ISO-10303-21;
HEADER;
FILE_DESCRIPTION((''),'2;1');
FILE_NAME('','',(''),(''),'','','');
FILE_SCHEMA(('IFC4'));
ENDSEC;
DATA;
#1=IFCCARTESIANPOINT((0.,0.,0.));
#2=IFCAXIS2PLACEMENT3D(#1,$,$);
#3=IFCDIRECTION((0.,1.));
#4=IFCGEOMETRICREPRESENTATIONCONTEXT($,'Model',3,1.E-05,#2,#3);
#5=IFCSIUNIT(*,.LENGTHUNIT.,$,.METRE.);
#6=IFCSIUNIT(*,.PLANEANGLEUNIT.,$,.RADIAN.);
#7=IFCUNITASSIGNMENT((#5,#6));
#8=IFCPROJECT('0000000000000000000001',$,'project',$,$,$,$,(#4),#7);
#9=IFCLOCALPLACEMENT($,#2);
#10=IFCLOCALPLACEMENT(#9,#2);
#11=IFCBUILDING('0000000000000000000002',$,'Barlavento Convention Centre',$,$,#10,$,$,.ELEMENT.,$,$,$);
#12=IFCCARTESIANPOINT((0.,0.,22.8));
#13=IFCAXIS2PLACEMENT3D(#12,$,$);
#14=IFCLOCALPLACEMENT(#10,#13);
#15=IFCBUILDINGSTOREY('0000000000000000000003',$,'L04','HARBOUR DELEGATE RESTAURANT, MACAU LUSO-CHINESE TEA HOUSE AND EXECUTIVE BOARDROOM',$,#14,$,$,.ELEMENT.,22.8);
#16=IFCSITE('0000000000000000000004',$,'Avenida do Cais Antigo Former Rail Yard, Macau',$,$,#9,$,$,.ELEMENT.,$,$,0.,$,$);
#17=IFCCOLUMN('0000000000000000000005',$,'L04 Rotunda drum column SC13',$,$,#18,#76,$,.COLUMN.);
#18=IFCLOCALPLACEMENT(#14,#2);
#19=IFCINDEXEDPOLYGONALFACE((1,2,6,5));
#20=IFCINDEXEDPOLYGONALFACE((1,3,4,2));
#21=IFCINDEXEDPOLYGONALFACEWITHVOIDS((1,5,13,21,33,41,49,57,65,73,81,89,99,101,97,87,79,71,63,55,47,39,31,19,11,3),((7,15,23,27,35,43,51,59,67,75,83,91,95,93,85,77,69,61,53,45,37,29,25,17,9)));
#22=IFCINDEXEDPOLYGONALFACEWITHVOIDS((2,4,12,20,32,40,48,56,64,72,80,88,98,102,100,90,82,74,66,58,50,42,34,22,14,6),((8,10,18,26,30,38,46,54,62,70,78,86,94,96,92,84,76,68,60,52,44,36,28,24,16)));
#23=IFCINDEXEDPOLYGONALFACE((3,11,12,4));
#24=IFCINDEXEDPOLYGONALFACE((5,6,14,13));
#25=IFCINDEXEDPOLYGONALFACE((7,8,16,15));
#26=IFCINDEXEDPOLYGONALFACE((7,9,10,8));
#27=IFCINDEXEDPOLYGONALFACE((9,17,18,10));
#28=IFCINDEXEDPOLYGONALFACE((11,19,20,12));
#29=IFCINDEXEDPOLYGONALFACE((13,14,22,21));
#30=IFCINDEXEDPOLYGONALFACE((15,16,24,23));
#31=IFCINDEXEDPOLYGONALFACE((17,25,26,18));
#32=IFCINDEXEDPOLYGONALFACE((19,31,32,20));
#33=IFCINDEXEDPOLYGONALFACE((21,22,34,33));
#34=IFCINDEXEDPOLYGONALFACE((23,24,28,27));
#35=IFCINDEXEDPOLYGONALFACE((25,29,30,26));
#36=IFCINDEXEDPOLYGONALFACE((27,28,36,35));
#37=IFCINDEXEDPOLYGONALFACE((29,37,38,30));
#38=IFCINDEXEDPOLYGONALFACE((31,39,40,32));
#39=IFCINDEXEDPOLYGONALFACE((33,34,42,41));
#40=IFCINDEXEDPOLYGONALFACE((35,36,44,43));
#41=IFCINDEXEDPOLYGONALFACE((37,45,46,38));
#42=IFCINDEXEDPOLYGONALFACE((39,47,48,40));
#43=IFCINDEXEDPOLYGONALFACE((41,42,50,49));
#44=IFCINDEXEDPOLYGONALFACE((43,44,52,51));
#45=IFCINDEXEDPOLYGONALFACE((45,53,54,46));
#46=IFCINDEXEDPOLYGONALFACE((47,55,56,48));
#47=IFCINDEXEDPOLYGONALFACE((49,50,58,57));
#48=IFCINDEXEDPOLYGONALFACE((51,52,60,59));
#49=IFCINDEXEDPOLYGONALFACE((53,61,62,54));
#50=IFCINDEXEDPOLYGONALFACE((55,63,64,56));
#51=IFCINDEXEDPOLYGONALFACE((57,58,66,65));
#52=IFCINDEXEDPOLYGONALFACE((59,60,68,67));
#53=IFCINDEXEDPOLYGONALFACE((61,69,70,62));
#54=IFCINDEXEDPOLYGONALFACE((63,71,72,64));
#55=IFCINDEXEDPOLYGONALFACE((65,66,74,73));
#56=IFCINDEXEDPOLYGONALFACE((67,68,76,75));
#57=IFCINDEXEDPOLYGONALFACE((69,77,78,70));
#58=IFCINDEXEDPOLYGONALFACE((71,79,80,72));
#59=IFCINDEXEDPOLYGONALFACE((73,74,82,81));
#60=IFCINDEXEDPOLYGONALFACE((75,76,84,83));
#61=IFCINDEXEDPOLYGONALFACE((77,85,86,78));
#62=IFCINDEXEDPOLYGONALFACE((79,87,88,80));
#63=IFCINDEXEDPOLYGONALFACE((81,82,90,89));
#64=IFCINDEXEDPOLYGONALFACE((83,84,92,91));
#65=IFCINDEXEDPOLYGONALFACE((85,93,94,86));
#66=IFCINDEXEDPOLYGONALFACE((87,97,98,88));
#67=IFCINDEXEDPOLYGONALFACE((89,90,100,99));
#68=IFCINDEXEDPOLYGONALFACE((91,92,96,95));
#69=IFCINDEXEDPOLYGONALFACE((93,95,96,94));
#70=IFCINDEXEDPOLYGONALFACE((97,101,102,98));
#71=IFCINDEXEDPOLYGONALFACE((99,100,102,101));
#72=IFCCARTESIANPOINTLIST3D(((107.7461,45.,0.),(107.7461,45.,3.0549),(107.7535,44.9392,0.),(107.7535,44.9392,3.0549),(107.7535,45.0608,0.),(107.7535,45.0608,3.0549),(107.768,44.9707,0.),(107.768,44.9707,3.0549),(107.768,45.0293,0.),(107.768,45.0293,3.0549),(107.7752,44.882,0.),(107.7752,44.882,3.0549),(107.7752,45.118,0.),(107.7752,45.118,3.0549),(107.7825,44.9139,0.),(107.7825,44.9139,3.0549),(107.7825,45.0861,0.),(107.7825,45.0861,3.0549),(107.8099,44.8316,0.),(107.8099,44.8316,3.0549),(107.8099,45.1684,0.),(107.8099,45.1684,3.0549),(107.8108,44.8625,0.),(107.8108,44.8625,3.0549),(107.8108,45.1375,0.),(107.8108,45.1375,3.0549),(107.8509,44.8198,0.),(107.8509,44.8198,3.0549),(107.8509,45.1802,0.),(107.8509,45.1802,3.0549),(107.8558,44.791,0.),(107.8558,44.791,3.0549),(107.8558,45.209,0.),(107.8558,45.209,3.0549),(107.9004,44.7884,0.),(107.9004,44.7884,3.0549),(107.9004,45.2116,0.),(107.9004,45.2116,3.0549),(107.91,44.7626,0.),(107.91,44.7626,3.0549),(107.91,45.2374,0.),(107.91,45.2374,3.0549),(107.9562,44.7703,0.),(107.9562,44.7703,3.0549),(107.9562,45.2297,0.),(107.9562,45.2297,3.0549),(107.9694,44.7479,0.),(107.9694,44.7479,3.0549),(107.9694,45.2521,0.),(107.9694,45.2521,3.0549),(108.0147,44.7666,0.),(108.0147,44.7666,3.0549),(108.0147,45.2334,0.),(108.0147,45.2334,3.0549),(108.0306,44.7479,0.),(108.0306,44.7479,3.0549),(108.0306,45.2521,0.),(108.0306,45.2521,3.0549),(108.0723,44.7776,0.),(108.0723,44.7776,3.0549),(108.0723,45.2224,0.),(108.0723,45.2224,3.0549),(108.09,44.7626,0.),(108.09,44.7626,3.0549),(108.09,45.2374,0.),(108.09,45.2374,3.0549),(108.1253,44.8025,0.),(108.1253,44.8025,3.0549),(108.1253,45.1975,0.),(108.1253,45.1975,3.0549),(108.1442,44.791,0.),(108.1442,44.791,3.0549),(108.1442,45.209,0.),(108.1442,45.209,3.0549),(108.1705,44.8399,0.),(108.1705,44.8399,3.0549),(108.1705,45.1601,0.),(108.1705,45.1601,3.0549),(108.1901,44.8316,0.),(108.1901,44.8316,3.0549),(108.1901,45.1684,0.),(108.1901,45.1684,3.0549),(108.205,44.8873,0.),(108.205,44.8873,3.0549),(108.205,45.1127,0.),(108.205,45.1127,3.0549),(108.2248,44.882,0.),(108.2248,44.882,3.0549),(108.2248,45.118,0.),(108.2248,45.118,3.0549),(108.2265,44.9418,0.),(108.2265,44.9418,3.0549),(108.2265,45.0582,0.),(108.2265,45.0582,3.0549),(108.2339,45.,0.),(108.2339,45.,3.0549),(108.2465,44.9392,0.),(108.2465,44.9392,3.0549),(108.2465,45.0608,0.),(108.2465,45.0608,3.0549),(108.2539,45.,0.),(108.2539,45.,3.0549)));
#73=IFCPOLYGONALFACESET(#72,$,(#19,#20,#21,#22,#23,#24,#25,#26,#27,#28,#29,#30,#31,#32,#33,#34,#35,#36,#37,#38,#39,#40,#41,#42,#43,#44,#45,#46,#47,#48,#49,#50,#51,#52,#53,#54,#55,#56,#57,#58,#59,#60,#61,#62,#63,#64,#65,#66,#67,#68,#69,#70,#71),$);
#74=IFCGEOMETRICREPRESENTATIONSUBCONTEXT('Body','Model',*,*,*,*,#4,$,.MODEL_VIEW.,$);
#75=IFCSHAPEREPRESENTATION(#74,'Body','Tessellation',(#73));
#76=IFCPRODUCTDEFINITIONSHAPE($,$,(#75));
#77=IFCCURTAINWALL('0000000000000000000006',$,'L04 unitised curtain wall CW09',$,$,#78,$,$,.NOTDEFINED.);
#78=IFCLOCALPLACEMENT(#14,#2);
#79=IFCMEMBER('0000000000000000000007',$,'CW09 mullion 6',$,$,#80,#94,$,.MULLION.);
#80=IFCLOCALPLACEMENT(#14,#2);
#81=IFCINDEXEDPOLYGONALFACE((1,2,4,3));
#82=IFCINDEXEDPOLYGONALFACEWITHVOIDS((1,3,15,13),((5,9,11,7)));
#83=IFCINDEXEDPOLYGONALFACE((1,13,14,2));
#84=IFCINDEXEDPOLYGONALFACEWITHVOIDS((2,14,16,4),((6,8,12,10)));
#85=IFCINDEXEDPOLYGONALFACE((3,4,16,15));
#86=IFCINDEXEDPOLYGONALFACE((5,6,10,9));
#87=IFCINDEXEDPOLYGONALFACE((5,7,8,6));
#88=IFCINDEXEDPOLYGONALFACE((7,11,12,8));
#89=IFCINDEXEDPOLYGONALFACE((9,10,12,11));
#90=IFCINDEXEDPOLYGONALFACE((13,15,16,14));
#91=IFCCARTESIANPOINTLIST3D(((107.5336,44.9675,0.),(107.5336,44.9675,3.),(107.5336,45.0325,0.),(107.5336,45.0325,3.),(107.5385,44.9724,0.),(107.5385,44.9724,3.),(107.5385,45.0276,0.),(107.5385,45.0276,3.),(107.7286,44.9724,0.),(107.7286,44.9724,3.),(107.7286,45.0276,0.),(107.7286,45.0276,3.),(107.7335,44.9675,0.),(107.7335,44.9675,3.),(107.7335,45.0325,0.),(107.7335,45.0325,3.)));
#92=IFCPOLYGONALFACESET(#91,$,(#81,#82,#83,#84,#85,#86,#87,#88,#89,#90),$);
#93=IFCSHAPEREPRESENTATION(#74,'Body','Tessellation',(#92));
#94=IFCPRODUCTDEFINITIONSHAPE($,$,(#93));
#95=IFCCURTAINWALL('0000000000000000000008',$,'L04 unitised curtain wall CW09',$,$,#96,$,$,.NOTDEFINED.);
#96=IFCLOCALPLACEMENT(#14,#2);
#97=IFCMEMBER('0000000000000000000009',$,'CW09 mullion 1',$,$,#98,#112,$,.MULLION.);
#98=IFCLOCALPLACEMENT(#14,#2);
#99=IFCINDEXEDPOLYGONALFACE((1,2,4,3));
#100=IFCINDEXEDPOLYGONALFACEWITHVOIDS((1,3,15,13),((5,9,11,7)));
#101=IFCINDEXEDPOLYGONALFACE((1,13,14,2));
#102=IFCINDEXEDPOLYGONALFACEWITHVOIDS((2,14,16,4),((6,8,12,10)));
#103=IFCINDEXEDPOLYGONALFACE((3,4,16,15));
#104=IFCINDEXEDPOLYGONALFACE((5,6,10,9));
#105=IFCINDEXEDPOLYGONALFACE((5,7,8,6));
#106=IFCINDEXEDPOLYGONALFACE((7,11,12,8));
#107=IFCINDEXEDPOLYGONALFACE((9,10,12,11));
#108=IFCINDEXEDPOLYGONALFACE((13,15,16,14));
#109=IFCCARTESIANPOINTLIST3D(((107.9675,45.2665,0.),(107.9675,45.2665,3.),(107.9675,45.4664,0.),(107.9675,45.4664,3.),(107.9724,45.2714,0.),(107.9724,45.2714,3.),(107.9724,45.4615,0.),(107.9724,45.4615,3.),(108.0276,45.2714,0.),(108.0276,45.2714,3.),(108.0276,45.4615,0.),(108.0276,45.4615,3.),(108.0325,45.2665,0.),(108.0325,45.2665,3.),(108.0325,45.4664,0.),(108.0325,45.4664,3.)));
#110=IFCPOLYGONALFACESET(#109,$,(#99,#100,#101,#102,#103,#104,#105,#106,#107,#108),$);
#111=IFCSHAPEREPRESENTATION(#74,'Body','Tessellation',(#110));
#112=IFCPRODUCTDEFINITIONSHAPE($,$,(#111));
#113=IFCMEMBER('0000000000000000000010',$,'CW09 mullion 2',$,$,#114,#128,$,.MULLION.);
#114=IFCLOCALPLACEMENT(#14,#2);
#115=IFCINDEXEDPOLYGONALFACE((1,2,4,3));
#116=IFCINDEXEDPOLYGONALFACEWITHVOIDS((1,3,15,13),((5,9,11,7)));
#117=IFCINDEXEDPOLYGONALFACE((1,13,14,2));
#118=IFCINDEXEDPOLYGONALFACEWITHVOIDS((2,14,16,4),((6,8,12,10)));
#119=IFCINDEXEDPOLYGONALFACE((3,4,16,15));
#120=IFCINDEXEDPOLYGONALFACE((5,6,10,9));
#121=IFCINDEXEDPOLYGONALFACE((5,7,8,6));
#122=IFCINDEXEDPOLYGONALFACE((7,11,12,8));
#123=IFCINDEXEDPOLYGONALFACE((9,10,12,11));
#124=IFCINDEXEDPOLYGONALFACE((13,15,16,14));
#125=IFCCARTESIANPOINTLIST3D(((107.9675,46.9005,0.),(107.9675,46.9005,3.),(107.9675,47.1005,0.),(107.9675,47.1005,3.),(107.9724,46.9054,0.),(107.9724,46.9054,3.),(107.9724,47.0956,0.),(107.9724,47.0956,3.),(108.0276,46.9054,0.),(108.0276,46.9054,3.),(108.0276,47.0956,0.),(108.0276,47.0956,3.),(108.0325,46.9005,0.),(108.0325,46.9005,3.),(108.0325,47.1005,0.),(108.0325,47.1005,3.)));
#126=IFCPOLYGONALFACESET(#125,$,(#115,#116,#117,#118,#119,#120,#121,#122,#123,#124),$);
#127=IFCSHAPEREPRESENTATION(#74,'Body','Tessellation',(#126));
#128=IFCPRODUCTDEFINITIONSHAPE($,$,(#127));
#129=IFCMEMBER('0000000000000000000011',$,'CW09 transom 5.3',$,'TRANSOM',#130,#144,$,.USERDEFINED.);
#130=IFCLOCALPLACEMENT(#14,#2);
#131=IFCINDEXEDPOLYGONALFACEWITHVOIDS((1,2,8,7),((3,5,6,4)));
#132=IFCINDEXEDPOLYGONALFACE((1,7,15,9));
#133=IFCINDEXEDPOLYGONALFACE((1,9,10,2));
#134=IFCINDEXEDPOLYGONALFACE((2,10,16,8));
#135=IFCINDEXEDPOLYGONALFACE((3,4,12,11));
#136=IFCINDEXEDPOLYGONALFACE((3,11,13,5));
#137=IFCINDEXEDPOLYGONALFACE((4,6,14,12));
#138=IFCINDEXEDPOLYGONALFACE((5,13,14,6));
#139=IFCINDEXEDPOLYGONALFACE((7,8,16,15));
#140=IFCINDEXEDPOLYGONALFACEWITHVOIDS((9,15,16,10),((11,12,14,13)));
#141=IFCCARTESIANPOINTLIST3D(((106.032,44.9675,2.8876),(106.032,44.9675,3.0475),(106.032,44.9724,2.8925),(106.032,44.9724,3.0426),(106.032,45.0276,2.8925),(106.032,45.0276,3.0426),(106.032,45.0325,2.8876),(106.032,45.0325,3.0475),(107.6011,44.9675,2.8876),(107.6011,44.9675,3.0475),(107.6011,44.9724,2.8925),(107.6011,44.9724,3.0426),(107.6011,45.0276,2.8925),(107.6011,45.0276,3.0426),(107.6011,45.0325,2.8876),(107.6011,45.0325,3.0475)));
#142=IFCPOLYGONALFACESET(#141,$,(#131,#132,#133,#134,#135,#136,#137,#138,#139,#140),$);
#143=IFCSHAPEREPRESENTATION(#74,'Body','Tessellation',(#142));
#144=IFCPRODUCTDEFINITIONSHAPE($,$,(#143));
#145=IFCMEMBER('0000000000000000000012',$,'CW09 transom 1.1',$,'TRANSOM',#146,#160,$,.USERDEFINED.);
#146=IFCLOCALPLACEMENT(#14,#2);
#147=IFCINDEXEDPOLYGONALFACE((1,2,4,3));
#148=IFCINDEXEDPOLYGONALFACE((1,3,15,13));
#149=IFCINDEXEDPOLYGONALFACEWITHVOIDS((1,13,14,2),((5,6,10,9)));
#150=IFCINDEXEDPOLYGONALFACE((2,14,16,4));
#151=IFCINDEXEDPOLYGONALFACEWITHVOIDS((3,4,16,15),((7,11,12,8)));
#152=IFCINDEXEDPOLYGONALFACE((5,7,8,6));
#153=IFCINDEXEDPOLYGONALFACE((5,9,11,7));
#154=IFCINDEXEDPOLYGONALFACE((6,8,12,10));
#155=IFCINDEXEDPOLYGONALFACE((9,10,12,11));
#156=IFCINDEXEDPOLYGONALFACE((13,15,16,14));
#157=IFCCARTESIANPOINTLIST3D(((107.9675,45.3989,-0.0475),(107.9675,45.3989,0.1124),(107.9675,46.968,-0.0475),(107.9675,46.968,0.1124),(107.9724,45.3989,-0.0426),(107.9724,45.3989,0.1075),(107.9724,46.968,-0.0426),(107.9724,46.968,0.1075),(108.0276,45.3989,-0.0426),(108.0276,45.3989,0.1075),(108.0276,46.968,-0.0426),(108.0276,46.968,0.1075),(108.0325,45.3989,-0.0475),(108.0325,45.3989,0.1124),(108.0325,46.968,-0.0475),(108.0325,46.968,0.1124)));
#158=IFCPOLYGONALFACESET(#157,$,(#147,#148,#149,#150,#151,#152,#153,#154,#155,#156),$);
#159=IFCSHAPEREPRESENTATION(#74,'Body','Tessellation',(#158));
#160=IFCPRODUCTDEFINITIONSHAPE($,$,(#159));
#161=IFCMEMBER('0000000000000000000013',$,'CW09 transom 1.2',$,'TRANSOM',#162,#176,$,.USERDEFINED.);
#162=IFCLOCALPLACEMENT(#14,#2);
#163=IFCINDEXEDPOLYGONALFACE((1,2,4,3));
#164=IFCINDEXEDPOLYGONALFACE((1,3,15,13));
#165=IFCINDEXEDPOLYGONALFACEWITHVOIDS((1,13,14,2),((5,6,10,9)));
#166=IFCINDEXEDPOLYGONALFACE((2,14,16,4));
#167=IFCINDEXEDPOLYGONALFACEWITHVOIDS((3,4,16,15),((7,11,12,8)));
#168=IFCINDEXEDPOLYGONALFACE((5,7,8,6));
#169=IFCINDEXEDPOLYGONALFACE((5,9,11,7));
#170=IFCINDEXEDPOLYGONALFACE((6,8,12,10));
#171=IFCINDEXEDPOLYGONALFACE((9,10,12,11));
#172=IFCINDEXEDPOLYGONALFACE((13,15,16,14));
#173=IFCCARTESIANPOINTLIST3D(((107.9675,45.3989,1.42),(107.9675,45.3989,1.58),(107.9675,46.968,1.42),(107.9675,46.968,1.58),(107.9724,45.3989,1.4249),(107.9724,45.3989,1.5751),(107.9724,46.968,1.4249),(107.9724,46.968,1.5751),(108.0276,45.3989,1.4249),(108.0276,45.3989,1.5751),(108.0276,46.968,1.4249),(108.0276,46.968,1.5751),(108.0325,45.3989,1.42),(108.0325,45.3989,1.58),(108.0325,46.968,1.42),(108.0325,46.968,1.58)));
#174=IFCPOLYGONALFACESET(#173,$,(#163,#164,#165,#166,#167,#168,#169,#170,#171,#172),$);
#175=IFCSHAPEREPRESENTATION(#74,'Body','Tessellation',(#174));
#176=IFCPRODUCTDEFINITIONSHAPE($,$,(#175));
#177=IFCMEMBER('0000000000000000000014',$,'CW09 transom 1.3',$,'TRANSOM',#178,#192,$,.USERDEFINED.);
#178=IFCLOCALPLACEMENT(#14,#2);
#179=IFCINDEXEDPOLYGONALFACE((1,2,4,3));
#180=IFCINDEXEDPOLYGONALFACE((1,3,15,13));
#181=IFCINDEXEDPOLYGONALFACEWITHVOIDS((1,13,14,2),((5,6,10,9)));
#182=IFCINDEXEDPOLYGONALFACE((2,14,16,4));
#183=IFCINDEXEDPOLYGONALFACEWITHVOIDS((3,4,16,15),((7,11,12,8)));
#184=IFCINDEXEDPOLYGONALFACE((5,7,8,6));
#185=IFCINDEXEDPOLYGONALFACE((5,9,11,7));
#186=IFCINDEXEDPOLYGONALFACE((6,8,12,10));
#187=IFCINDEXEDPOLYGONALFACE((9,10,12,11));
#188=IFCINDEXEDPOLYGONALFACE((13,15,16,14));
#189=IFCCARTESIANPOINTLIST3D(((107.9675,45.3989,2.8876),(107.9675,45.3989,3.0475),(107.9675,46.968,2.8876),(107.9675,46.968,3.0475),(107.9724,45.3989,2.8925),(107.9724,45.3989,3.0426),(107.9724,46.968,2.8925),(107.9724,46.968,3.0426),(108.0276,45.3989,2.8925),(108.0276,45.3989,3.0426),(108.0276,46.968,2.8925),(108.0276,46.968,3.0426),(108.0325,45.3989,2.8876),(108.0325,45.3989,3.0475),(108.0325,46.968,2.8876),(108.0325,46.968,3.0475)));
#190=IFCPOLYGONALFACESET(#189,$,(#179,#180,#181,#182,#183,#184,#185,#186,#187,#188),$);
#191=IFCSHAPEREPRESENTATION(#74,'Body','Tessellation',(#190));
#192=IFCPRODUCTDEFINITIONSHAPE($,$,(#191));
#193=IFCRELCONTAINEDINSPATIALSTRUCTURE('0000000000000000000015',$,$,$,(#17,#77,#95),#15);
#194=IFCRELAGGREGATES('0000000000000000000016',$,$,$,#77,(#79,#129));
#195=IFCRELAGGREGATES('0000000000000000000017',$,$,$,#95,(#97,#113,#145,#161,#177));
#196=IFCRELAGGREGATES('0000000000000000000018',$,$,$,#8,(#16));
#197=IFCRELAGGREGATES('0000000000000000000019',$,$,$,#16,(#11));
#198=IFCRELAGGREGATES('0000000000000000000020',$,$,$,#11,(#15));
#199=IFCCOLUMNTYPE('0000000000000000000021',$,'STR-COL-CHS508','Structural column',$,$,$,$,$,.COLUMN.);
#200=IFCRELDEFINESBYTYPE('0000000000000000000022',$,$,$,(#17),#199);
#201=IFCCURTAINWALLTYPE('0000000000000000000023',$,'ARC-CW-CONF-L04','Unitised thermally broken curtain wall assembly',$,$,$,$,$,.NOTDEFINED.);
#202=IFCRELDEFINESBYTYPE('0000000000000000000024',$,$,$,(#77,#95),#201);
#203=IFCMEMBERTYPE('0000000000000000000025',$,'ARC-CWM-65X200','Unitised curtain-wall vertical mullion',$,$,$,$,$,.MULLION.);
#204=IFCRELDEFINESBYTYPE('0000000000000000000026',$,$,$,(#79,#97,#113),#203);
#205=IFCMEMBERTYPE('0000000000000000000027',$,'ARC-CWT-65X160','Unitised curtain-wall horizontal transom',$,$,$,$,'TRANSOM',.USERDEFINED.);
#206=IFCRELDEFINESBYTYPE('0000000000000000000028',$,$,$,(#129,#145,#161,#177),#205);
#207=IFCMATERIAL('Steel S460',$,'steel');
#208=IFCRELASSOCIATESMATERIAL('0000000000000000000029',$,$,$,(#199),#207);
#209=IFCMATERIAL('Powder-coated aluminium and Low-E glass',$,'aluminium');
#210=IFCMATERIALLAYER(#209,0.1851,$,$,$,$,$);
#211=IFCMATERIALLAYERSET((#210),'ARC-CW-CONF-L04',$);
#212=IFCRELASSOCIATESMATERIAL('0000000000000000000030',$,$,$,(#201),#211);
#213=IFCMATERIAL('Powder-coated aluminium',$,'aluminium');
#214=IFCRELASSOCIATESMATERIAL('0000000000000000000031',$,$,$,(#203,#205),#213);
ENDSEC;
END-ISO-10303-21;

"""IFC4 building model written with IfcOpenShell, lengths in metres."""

from ifc_helpers import new_model, si_unit, direction, frame, origin, origin_2d, place, context, subcontext, project, spatial, hollow_rectangle, hollow_circle, extrude, material, layer, layer_set, material_profile, profile_set, type_object, element, aggregate, save


model = new_model("IFC4")

# Units and contexts
model_context = context("Model", 3, precision=1e-05, world=origin(), true_north=direction((0.0, 1.0)))
body_context = subcontext(model_context, "Body", "Model", "MODEL_VIEW")
ifc_project = project(units=[si_unit("LENGTHUNIT", "METRE"), si_unit("PLANEANGLEUNIT", "RADIAN")], contexts=[model_context])

# Site, building, storey
site_placement = place(None, origin())
site = spatial("IfcSite", under=ifc_project, at=site_placement, Name="Avenida do Cais Antigo Former Rail Yard, Macau", CompositionType="ELEMENT", RefElevation=0.0)
building_placement = place(site_placement, origin())
building = spatial("IfcBuilding", under=site, at=building_placement, Name="Barlavento Convention Centre", CompositionType="ELEMENT")
storey_placement = place(building_placement, frame((0.0, 0.0, 22.8)))
storey = spatial("IfcBuildingStorey", under=building, at=storey_placement, Name="L04", Description="HARBOUR DELEGATE RESTAURANT, MACAU LUSO-CHINESE TEA HOUSE AND EXECUTIVE BOARDROOM", CompositionType="ELEMENT", Elevation=22.8)

# Column
ifc_material_1 = material(Name="Steel S460", Category="steel")
ifc_material_profile_1 = material_profile(ifc_material_1, hollow_circle(Radius=0.2539, WallThickness=0.02, at=origin_2d()), Name="CHS 508.0x20.0")
ifc_profile_set_1 = profile_set([ifc_material_profile_1], Name="Steel S460")
column_type = type_object("IfcColumnType", Name="STR-COL-CHS508", Description="Structural column", PredefinedType="COLUMN", material=ifc_profile_set_1)
column_placement = place(storey_placement, frame((108.0, 45.0, 0.0), z_axis=(0.0, 0.0, 1.0), x_axis=(1.0, 0.0, 0.0)))
element("IfcColumn", 1, at=column_placement, inside=storey, type_object=column_type, Name="L04 Rotunda drum column SC13", PredefinedType="COLUMN", context=body_context, shape_type="SweptSolid", body=[
    extrude(hollow_circle(Radius=0.2539, WallThickness=0.02, at=origin_2d()), origin(), (0.0, 0.0, 1.0), 3.0549),
])

# Curtain wall, member
ifc_material_2 = material(Name="Powder-coated aluminium and Low-E glass", Category="aluminium")
ifc_layer_1 = layer(ifc_material_2, 0.1851)
ifc_layer_set_1 = layer_set([ifc_layer_1], Name="ARC-CW-CONF-L04")
curtain_wall_type = type_object("IfcCurtainWallType", Name="ARC-CW-CONF-L04", Description="Unitised thermally broken curtain wall assembly", PredefinedType="NOTDEFINED", material=ifc_layer_set_1)
curtain_wall_1_placement = place(storey_placement, origin())
curtain_wall_1 = element("IfcCurtainWall", 2, at=curtain_wall_1_placement, inside=storey, type_object=curtain_wall_type, Name="L04 unitised curtain wall CW09", PredefinedType="NOTDEFINED")
ifc_material_3 = material(Name="Powder-coated aluminium", Category="aluminium")
ifc_material_profile_2 = material_profile(ifc_material_3, hollow_rectangle(XDim=0.0649, YDim=0.2, WallThickness=0.0049, at=origin_2d()), Name="AL-MULL 65x200x5")
ifc_profile_set_2 = profile_set([ifc_material_profile_2], Name="Powder-coated aluminium")
member_type_1 = type_object("IfcMemberType", Name="ARC-CWM-65X200", Description="Unitised curtain-wall vertical mullion", PredefinedType="MULLION", material=ifc_profile_set_2)
member_1_placement = place(storey_placement, frame((107.6335, 45.0, 0.0), z_axis=(0.0, 0.0, 1.0), x_axis=(0.0, 1.0, 0.0)))
member_1 = element("IfcMember", 3, at=member_1_placement, type_object=member_type_1, Name="CW09 mullion 6", PredefinedType="MULLION", context=body_context, shape_type="SweptSolid", body=[
    extrude(hollow_rectangle(XDim=0.0649, YDim=0.2, WallThickness=0.0049, at=origin_2d()), origin(), (0.0, 0.0, 1.0), 3.0),
])

# Curtain wall, members
curtain_wall_2_placement = place(storey_placement, origin())
curtain_wall_2 = element("IfcCurtainWall", 4, at=curtain_wall_2_placement, inside=storey, type_object=curtain_wall_type, Name="L04 unitised curtain wall CW09", PredefinedType="NOTDEFINED")
member_2_placement = place(storey_placement, frame((108.0, 45.3665, 0.0), z_axis=(0.0, 0.0, 1.0), x_axis=(-1.0, 0.0, 0.0)))
member_2 = element("IfcMember", 5, at=member_2_placement, type_object=member_type_1, Name="CW09 mullion 1", PredefinedType="MULLION", context=body_context, shape_type="SweptSolid", body=[
    extrude(hollow_rectangle(XDim=0.0649, YDim=0.2, WallThickness=0.0049, at=origin_2d()), origin(), (0.0, 0.0, 1.0), 3.0),
])
member_3_placement = place(storey_placement, frame((108.0, 47.0005, 0.0), z_axis=(0.0, 0.0, 1.0), x_axis=(-1.0, 0.0, 0.0)))
member_3 = element("IfcMember", 6, at=member_3_placement, type_object=member_type_1, Name="CW09 mullion 2", PredefinedType="MULLION", context=body_context, shape_type="SweptSolid", body=[
    extrude(hollow_rectangle(XDim=0.0649, YDim=0.2, WallThickness=0.0049, at=origin_2d()), origin(), (0.0, 0.0, 1.0), 3.0),
])

# Members
ifc_material_profile_3 = material_profile(ifc_material_3, hollow_rectangle(XDim=0.0649, YDim=0.1599, WallThickness=0.0049, at=origin_2d()), Name="AL-TRAN 65x160x5")
ifc_profile_set_3 = profile_set([ifc_material_profile_3], Name="Powder-coated aluminium")
member_type_2 = type_object("IfcMemberType", Name="ARC-CWT-65X160", Description="Unitised curtain-wall horizontal transom", ElementType="TRANSOM", PredefinedType="USERDEFINED", material=ifc_profile_set_3)
member_4_placement = place(storey_placement, frame((106.032, 45.0, 2.9675), z_axis=(1.0, 0.0, 0.0), x_axis=(0.0, 1.0, 0.0)))
member_4 = element("IfcMember", 7, at=member_4_placement, type_object=member_type_2, Name="CW09 transom 5.3", ObjectType="TRANSOM", PredefinedType="USERDEFINED", context=body_context, shape_type="SweptSolid", body=[
    extrude(hollow_rectangle(XDim=0.0649, YDim=0.1599, WallThickness=0.0049, at=origin_2d()), origin(), (0.0, 0.0, 1.0), 1.5691),
])
member_5_placement = place(storey_placement, frame((108.0, 45.3989, 0.0325), z_axis=(0.0, 1.0, 0.0), x_axis=(-1.0, 0.0, 0.0)))
member_5 = element("IfcMember", 8, at=member_5_placement, type_object=member_type_2, Name="CW09 transom 1.1", ObjectType="TRANSOM", PredefinedType="USERDEFINED", context=body_context, shape_type="SweptSolid", body=[
    extrude(hollow_rectangle(XDim=0.0649, YDim=0.1599, WallThickness=0.0049, at=origin_2d()), origin(), (0.0, 0.0, 1.0), 1.5691),
])
member_6_placement = place(storey_placement, frame((108.0, 45.3989, 1.5), z_axis=(0.0, 1.0, 0.0), x_axis=(-1.0, 0.0, 0.0)))
member_6 = element("IfcMember", 9, at=member_6_placement, type_object=member_type_2, Name="CW09 transom 1.2", ObjectType="TRANSOM", PredefinedType="USERDEFINED", context=body_context, shape_type="SweptSolid", body=[
    extrude(hollow_rectangle(XDim=0.0649, YDim=0.1599, WallThickness=0.0049, at=origin_2d()), origin(), (0.0, 0.0, 1.0), 1.5691),
])
member_7_placement = place(storey_placement, frame((108.0, 45.3989, 2.9675), z_axis=(0.0, 1.0, 0.0), x_axis=(-1.0, 0.0, 0.0)))
member_7 = element("IfcMember", 10, at=member_7_placement, type_object=member_type_2, Name="CW09 transom 1.3", ObjectType="TRANSOM", PredefinedType="USERDEFINED", context=body_context, shape_type="SweptSolid", body=[
    extrude(hollow_rectangle(XDim=0.0649, YDim=0.1599, WallThickness=0.0049, at=origin_2d()), origin(), (0.0, 0.0, 1.0), 1.5691),
])

aggregate(curtain_wall_1, [member_1, member_4])
aggregate(curtain_wall_2, [member_2, member_3, member_5, member_6, member_7])

save(model, "model.ifc")
